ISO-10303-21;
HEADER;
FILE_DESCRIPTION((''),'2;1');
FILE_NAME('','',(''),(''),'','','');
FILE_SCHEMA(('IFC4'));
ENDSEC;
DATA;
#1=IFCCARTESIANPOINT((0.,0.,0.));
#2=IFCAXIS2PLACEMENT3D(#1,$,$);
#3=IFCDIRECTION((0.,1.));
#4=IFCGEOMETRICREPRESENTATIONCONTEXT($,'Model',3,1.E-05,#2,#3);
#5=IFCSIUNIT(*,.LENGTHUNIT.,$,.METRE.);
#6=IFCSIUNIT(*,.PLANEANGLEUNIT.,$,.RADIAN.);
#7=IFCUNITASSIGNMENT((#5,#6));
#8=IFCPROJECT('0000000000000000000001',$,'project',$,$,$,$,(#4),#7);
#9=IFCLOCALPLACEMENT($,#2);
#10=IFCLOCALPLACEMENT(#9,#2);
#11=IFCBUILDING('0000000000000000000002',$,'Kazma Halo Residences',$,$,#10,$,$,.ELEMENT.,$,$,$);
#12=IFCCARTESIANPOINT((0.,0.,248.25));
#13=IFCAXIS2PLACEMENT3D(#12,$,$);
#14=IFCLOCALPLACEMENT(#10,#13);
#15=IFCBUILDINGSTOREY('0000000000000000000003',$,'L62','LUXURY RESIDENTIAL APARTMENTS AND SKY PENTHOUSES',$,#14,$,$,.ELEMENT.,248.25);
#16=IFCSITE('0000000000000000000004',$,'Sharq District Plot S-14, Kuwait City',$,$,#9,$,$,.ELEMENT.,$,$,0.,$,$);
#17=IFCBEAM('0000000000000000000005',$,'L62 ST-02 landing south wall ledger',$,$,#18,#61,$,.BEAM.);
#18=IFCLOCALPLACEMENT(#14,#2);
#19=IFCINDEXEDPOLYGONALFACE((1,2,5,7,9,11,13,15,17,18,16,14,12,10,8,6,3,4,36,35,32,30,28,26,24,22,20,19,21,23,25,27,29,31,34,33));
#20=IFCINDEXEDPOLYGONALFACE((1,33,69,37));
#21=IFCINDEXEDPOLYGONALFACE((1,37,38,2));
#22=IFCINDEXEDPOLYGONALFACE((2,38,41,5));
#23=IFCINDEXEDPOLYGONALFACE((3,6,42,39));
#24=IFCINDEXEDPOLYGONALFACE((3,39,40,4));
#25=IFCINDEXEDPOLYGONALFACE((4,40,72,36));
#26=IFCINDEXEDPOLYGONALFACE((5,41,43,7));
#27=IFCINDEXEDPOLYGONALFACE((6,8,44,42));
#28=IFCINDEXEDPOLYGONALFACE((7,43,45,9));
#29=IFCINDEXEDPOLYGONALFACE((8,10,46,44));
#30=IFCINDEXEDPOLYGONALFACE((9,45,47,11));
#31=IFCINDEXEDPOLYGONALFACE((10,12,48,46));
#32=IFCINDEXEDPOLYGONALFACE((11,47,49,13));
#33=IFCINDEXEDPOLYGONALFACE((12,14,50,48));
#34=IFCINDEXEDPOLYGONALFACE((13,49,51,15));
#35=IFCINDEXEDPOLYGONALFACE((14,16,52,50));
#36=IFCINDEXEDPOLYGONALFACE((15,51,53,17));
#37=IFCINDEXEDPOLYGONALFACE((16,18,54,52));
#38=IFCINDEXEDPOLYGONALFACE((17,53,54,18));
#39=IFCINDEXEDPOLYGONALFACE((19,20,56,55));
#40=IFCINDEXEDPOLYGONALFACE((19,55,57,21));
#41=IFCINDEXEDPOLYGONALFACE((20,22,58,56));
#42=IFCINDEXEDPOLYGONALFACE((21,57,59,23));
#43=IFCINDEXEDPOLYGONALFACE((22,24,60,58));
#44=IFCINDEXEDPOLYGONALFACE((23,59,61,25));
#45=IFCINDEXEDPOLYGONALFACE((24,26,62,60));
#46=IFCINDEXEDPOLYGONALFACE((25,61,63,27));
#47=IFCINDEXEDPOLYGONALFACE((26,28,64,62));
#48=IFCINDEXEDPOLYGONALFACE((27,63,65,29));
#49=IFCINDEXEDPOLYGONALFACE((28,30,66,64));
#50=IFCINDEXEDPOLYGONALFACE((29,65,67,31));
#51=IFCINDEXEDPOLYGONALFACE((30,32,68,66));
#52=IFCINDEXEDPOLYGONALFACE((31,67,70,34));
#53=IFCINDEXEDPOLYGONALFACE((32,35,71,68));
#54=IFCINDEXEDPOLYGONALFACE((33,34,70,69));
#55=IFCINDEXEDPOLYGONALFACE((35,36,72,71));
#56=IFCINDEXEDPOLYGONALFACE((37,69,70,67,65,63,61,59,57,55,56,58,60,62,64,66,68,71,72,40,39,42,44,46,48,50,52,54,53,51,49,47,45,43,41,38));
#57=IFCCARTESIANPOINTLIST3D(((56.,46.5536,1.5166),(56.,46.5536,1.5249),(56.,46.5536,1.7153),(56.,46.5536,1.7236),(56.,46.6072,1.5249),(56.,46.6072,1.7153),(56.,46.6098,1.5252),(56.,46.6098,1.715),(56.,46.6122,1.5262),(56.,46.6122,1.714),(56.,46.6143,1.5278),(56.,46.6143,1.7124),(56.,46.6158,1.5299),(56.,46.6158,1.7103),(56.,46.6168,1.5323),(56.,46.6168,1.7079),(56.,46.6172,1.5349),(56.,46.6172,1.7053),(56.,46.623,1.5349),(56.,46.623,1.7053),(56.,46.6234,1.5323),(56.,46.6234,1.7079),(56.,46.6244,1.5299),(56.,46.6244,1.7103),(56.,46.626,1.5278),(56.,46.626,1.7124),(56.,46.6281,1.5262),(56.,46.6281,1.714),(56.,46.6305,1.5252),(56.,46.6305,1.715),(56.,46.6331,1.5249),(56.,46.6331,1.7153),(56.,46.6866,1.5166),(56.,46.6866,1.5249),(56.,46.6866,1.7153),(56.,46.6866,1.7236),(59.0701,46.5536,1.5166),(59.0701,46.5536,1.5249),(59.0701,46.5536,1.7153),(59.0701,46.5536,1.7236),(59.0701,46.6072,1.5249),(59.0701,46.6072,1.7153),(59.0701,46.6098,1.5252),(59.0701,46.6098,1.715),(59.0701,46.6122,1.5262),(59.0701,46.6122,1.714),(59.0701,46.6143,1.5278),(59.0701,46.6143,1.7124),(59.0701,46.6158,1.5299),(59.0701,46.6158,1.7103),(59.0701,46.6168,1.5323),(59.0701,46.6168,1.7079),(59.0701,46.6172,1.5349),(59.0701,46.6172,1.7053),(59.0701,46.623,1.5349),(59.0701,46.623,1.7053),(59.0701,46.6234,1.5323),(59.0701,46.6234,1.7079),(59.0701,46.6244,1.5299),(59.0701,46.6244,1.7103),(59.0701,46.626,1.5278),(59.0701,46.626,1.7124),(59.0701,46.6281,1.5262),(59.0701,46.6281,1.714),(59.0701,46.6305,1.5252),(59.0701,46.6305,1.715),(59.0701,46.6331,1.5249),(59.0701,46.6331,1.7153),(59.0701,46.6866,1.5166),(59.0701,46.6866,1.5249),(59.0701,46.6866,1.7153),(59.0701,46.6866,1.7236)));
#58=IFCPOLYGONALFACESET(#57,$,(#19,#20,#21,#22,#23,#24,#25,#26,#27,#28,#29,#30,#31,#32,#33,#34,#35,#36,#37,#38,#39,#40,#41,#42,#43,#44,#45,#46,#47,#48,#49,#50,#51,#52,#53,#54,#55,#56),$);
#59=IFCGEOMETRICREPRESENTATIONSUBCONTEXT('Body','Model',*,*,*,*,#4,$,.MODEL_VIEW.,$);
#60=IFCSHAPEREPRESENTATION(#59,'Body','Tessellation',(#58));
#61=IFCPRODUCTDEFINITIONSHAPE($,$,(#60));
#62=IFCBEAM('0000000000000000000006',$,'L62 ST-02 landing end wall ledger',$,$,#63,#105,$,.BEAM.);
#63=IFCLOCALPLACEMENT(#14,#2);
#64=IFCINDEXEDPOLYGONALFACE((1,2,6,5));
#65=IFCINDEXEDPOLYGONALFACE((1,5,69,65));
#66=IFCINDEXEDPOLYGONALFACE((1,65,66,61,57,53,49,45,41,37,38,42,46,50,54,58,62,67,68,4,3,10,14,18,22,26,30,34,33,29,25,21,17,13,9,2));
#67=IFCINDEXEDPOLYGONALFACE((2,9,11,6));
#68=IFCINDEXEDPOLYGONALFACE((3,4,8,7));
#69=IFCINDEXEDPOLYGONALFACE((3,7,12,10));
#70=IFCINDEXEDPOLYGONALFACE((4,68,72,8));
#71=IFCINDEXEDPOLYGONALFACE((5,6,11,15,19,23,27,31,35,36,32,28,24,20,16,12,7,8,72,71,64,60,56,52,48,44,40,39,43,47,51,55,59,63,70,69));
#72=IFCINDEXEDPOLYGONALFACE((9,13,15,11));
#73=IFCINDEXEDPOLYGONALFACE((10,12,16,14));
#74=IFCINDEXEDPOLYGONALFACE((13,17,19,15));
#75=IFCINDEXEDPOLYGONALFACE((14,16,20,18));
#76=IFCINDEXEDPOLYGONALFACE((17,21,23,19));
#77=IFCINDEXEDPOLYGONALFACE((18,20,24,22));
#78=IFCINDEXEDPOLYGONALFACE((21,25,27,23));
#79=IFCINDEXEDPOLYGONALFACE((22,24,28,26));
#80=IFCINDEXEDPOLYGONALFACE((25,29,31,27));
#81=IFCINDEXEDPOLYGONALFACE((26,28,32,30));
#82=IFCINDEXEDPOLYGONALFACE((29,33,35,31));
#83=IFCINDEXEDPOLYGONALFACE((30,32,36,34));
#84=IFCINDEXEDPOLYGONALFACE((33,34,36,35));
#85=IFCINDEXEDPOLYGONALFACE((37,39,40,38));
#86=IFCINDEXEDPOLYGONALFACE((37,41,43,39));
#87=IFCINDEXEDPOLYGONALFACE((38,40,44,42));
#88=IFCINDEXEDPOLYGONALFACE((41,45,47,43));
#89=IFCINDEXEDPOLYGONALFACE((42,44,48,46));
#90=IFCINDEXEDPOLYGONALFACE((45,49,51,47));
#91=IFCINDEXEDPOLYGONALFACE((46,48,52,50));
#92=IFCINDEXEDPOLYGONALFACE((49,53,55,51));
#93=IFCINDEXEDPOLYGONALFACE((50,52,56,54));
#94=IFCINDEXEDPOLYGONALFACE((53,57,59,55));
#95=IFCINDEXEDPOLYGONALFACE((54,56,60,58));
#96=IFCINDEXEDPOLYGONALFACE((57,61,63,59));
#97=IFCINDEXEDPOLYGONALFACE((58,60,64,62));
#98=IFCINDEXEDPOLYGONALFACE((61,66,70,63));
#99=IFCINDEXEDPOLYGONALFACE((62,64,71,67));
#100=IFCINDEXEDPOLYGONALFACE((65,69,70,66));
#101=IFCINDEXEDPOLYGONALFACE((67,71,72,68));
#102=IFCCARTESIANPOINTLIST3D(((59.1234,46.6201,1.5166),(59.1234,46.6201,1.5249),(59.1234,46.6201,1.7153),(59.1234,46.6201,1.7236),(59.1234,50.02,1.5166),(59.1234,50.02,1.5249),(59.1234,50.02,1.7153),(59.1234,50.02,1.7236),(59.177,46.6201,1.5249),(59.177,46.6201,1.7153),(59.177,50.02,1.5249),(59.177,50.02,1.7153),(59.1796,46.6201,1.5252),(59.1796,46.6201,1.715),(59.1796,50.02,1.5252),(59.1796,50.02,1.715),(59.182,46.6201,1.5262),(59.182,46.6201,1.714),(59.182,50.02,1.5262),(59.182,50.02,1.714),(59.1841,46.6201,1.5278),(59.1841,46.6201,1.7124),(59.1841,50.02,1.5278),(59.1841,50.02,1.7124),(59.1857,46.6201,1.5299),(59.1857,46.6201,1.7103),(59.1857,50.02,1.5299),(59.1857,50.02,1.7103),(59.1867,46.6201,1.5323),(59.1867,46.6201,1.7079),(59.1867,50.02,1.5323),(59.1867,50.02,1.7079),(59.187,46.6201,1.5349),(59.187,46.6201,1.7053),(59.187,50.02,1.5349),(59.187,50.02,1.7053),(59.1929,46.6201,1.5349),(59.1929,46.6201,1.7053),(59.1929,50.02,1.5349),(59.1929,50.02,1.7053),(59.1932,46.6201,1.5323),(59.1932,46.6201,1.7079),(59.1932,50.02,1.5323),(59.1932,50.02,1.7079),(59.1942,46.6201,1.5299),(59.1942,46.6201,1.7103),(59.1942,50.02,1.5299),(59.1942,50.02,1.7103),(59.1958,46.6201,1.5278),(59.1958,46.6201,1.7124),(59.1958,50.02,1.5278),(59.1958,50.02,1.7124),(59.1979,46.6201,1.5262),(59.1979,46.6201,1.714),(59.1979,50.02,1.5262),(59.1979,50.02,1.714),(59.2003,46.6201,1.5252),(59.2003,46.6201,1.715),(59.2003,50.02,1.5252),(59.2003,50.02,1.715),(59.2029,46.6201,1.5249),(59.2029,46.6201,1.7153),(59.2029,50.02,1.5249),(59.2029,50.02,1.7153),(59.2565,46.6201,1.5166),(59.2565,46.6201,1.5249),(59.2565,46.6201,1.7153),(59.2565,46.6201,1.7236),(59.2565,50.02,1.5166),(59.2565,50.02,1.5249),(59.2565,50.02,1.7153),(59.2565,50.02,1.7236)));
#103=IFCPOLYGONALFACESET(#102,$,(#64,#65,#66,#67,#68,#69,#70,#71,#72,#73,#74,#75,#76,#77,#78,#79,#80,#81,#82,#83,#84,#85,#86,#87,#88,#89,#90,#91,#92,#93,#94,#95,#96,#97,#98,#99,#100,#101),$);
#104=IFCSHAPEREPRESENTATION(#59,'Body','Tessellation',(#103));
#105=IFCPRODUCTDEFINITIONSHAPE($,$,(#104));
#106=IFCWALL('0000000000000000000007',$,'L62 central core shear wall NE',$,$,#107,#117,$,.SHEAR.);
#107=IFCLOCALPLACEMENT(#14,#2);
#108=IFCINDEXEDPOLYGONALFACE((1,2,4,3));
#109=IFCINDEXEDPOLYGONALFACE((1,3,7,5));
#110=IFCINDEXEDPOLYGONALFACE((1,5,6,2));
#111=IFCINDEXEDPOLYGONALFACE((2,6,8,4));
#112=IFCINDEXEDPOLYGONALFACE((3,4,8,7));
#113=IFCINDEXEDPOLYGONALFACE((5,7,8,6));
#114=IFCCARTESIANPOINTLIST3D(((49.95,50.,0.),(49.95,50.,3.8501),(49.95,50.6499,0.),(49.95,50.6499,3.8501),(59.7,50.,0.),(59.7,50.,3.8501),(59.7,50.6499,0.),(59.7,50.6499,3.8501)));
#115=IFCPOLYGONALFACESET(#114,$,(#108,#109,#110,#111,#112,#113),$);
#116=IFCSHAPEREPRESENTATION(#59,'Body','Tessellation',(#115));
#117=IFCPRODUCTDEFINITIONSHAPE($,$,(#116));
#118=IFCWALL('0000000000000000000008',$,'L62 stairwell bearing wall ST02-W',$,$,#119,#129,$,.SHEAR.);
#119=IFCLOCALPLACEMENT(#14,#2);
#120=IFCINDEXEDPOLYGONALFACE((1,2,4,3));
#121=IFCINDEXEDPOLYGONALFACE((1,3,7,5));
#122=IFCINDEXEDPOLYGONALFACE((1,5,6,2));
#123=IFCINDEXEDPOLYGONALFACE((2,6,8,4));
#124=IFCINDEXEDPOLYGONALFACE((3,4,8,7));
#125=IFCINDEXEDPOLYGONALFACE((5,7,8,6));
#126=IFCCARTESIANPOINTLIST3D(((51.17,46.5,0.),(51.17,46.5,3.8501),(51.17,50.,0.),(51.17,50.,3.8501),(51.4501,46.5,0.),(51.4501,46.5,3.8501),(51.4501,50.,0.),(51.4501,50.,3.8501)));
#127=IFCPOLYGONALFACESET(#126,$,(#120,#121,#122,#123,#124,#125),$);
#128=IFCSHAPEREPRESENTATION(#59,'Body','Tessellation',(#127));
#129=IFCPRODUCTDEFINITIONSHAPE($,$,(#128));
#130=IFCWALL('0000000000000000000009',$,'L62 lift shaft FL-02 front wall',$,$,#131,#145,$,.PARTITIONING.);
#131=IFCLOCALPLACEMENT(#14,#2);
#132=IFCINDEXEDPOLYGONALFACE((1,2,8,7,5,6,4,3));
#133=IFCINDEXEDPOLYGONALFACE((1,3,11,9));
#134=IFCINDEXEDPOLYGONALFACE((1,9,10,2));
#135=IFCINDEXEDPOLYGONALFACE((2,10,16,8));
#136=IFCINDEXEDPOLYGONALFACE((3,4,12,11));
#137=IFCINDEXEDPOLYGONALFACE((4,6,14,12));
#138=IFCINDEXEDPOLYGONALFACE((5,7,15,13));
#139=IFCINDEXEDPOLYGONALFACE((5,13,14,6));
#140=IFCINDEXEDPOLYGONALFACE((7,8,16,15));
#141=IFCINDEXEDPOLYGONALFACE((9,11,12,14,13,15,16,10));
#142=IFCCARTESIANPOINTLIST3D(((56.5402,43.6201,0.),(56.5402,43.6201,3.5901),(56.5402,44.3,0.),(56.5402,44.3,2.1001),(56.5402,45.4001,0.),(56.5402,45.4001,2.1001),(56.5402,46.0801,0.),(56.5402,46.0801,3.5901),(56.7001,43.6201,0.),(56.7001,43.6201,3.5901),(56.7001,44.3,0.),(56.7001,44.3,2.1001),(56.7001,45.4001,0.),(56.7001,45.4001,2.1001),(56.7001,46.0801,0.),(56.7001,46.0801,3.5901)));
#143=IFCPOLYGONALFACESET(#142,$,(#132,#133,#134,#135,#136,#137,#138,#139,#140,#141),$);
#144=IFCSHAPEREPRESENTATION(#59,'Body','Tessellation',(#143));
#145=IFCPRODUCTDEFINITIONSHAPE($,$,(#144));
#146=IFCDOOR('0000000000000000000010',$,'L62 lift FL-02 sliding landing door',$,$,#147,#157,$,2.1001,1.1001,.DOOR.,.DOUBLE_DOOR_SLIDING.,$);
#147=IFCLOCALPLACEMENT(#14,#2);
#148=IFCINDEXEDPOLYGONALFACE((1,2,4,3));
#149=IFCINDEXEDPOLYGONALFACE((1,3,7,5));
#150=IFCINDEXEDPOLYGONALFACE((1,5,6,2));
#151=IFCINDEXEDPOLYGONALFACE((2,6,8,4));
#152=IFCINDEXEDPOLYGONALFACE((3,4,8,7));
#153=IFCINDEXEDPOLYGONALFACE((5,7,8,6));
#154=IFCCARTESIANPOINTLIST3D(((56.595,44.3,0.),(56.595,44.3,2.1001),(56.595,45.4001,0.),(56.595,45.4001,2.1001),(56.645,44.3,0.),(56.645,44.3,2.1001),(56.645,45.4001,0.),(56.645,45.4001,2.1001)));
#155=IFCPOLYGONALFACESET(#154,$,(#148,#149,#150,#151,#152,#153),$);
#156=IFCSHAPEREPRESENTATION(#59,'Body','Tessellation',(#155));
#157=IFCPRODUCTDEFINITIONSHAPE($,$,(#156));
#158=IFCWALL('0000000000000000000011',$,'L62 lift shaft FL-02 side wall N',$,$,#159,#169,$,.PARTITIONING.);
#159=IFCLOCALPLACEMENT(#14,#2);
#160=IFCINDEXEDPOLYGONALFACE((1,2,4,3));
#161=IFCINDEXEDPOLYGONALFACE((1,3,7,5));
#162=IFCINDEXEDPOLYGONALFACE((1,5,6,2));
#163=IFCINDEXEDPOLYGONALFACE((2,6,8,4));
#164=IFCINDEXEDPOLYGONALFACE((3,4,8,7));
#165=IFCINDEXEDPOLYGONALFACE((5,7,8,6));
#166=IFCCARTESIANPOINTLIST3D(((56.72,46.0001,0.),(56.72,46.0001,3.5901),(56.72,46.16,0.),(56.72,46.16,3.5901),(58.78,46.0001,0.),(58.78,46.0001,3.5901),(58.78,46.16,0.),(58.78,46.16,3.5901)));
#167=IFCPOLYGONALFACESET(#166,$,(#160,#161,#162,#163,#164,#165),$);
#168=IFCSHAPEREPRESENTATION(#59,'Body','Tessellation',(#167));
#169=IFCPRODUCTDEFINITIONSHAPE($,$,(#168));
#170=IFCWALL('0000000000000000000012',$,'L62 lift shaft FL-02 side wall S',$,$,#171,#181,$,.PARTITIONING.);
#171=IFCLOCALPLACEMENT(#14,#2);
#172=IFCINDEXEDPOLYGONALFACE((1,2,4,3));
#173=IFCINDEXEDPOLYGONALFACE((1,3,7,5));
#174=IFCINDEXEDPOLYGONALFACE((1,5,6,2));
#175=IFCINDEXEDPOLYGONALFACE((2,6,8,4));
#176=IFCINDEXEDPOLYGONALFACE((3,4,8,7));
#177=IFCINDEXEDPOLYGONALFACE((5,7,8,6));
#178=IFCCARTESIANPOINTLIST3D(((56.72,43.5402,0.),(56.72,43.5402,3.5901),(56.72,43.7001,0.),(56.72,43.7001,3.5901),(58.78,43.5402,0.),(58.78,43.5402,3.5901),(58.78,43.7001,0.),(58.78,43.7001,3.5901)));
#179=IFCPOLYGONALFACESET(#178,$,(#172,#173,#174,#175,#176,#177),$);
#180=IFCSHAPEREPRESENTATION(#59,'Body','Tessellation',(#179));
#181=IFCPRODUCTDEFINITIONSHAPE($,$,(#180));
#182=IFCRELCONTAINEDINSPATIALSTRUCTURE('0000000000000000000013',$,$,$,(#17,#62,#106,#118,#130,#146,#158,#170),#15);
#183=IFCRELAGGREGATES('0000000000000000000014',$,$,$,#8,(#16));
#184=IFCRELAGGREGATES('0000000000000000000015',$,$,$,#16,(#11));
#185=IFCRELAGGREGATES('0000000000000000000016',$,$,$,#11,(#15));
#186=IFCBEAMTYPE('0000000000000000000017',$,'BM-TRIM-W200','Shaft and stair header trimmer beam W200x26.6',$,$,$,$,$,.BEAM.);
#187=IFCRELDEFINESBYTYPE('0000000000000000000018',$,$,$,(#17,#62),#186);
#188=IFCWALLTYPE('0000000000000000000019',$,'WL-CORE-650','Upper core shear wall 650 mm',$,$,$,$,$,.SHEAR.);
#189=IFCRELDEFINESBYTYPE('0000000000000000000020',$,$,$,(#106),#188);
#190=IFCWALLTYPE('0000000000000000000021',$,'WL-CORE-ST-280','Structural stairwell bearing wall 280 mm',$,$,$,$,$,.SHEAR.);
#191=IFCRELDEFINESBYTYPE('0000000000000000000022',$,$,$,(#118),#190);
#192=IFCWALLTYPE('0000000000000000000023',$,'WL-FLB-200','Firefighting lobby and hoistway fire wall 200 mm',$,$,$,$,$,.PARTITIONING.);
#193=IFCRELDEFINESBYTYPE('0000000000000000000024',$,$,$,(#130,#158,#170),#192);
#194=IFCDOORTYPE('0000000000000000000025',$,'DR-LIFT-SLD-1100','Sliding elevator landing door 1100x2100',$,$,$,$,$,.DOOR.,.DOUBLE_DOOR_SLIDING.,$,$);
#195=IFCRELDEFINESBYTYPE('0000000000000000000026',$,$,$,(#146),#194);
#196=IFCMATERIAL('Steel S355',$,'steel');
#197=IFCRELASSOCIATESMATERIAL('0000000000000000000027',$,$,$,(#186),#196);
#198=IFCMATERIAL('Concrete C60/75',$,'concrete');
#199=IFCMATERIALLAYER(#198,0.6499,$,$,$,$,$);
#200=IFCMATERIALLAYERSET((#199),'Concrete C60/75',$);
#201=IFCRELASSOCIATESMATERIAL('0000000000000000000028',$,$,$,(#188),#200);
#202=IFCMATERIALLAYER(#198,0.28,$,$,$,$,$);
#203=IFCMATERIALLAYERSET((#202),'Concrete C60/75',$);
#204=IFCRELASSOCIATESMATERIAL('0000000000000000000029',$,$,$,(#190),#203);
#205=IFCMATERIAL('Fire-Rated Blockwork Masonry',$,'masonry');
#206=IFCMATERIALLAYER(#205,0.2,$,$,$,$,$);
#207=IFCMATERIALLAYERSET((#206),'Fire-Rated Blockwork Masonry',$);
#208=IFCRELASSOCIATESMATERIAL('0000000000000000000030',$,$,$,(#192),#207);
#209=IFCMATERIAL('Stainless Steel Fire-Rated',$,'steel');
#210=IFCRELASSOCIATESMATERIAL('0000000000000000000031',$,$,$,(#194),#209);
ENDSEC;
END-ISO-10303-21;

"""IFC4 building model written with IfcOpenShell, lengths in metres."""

from ifc_helpers import new_model, si_unit, direction, frame, frame_2d, origin, origin_2d, place, context, subcontext, project, spatial, rectangle, i_section, extrude, material, layer, layer_set, material_profile, profile_set, type_object, element, fill, save


model = new_model("IFC4")

# Units and contexts
model_context = context("Model", 3, precision=1e-05, world=origin(), true_north=direction((0.0, 1.0)))
body_context = subcontext(model_context, "Body", "Model", "MODEL_VIEW")
ifc_project = project(units=[si_unit("LENGTHUNIT", "METRE"), si_unit("PLANEANGLEUNIT", "RADIAN")], contexts=[model_context])

# Site, building, storey
site_placement = place(None, origin())
site = spatial("IfcSite", under=ifc_project, at=site_placement, Name="Sharq District Plot S-14, Kuwait City", CompositionType="ELEMENT", RefElevation=0.0)
building_placement = place(site_placement, origin())
building = spatial("IfcBuilding", under=site, at=building_placement, Name="Kazma Halo Residences", CompositionType="ELEMENT")
storey_placement = place(building_placement, frame((0.0, 0.0, 248.25)))
storey = spatial("IfcBuildingStorey", under=building, at=storey_placement, Name="L62", Description="LUXURY RESIDENTIAL APARTMENTS AND SKY PENTHOUSES", CompositionType="ELEMENT", Elevation=248.25)

# Shared definitions
ifc_material_1 = material(Name="Steel S355", Category="steel")

# Beams
ifc_material_profile_1 = material_profile(ifc_material_1, i_section(OverallWidth=0.1331, OverallDepth=0.207, WebThickness=0.0059, FlangeThickness=0.0083, FilletRadius=0.01, at=origin_2d()), Name="W200x26.6")
ifc_profile_set_1 = profile_set([ifc_material_profile_1], Name="Steel S355")
beam_type_1 = type_object("IfcBeamType", Name="BM-TRIM-W200", Description="Shaft and stair header trimmer beam W200x26.6", PredefinedType="BEAM", material=ifc_profile_set_1)
beam_1_placement = place(storey_placement, frame((56.0, 46.6201, 1.6201), z_axis=(1.0, 0.0, 0.0), x_axis=(0.0, 1.0, 0.0)))
element("IfcBeam", 1, at=beam_1_placement, inside=storey, type_object=beam_type_1, Name="L62 ST-02 landing south wall ledger", PredefinedType="BEAM", context=body_context, shape_type="SweptSolid", body=[
    extrude(i_section(OverallWidth=0.1331, OverallDepth=0.207, WebThickness=0.0059, FlangeThickness=0.0083, FilletRadius=0.01, at=origin_2d()), origin(), (0.0, 0.0, 1.0), 3.0701),
])
beam_2_placement = place(storey_placement, frame((59.1899, 46.6201, 1.6201), z_axis=(0.0, 1.0, 0.0), x_axis=(-1.0, 0.0, 0.0)))
element("IfcBeam", 2, at=beam_2_placement, inside=storey, type_object=beam_type_1, Name="L62 ST-02 landing end wall ledger", PredefinedType="BEAM", context=body_context, shape_type="SweptSolid", body=[
    extrude(i_section(OverallWidth=0.1331, OverallDepth=0.207, WebThickness=0.0059, FlangeThickness=0.0083, FilletRadius=0.01, at=origin_2d()), origin(), (0.0, 0.0, 1.0), 3.3999),
])

# Walls
ifc_material_2 = material(Name="Concrete C60/75", Category="concrete")
ifc_layer_1 = layer(ifc_material_2, 0.6499)
ifc_layer_set_1 = layer_set([ifc_layer_1], Name="Concrete C60/75")
wall_type_1 = type_object("IfcWallType", Name="WL-CORE-650", Description="Upper core shear wall 650 mm", PredefinedType="SHEAR", material=ifc_layer_set_1)
wall_1_placement = place(storey_placement, frame((49.95, 50.325, 0.0), z_axis=(0.0, 0.0, 1.0), x_axis=(1.0, 0.0, 0.0)))
element("IfcWall", 3, at=wall_1_placement, inside=storey, type_object=wall_type_1, Name="L62 central core shear wall NE", PredefinedType="SHEAR", context=body_context, shape_type="SweptSolid", body=[
    extrude(rectangle(XDim=9.75, YDim=0.6499, at=frame_2d((4.875, 0.0))), origin(), (0.0, 0.0, 1.0), 3.8501),
])
ifc_layer_2 = layer(ifc_material_2, 0.28)
ifc_layer_set_2 = layer_set([ifc_layer_2], Name="Concrete C60/75")
wall_type_2 = type_object("IfcWallType", Name="WL-CORE-ST-280", Description="Structural stairwell bearing wall 280 mm", PredefinedType="SHEAR", material=ifc_layer_set_2)
wall_2_placement = place(storey_placement, frame((51.3101, 46.5, 0.0), z_axis=(0.0, 0.0, 1.0), x_axis=(0.0, 1.0, 0.0)))
element("IfcWall", 4, at=wall_2_placement, inside=storey, type_object=wall_type_2, Name="L62 stairwell bearing wall ST02-W", PredefinedType="SHEAR", context=body_context, shape_type="SweptSolid", body=[
    extrude(rectangle(XDim=3.5, YDim=0.28, at=frame_2d((1.75, 0.0))), origin(), (0.0, 0.0, 1.0), 3.8501),
])

# Wall, opening, door
ifc_material_3 = material(Name="Fire-Rated Blockwork Masonry", Category="masonry")
ifc_layer_3 = layer(ifc_material_3, 0.2)
ifc_layer_set_3 = layer_set([ifc_layer_3], Name="Fire-Rated Blockwork Masonry")
wall_type_3 = type_object("IfcWallType", Name="WL-FLB-200", Description="Firefighting lobby and hoistway fire wall 200 mm", PredefinedType="PARTITIONING", material=ifc_layer_set_3)
wall_3_placement = place(storey_placement, frame((56.6201, 46.0801, 0.0), z_axis=(0.0, 0.0, 1.0), x_axis=(0.0, -1.0, 0.0)))
wall_3 = element("IfcWall", 5, at=wall_3_placement, inside=storey, type_object=wall_type_3, Name="L62 lift shaft FL-02 front wall", PredefinedType="PARTITIONING", context=body_context, shape_type="SweptSolid", body=[
    extrude(rectangle(XDim=2.46, YDim=0.1599, at=frame_2d((1.23, 0.0))), origin(), (0.0, 0.0, 1.0), 3.5901),
])
opening_1_placement = place(wall_3_placement, frame((0.6799, 0.0, 0.0)))
opening_1 = element("IfcOpeningElement", 6, at=opening_1_placement, cuts=wall_3, PredefinedType="OPENING", context=body_context, shape_type="SweptSolid", body=[
    extrude(rectangle(XDim=1.1001, YDim=2.1001, at=frame_2d((0.55, 1.05))), frame((0.0, 0.0898, 0.0), z_axis=(0.0, -1.0, 0.0), x_axis=(1.0, 0.0, 0.0)), (0.0, 0.0, 1.0), 0.1799),
])
ifc_material_4 = material(Name="Stainless Steel Fire-Rated", Category="steel")
door_type_1 = type_object("IfcDoorType", Name="DR-LIFT-SLD-1100", Description="Sliding elevator landing door 1100x2100", OperationType="DOUBLE_DOOR_SLIDING", PredefinedType="DOOR", material=ifc_material_4)
door_1_placement = place(opening_1_placement, origin())
door_1 = element("IfcDoor", 7, at=door_1_placement, inside=storey, type_object=door_type_1, Name="L62 lift FL-02 sliding landing door", OperationType="DOUBLE_DOOR_SLIDING", OverallHeight=2.1001, OverallWidth=1.1001, PredefinedType="DOOR", context=body_context, shape_type="SweptSolid", body=[
    extrude(rectangle(XDim=1.1001, YDim=2.1001, at=frame_2d((0.55, 1.05))), frame((0.0, 0.0249, 0.0), z_axis=(0.0, -1.0, 0.0), x_axis=(1.0, 0.0, 0.0)), (0.0, 0.0, 1.0), 0.05),
])
fill(opening_1, door_1)

# Walls
for number, where, z_axis, x_axis, name in (
    (8, (56.72, 46.0801, 0.0), (0.0, 0.0, 1.0), (1.0, 0.0, 0.0), "L62 lift shaft FL-02 side wall N"),
    (9, (56.72, 43.6201, 0.0), (0.0, 0.0, 1.0), (1.0, 0.0, 0.0), "L62 lift shaft FL-02 side wall S"),
):
    element("IfcWall", number, at=place(storey_placement, frame(where, z_axis=z_axis, x_axis=x_axis)), inside=storey, type_object=wall_type_3, Name=name, PredefinedType="PARTITIONING", context=body_context, shape_type="SweptSolid", body=[
        extrude(rectangle(XDim=2.0601, YDim=0.1599, at=frame_2d((1.03, 0.0))), origin(), (0.0, 0.0, 1.0), 3.5901),
    ])

save(model, "model.ifc")
